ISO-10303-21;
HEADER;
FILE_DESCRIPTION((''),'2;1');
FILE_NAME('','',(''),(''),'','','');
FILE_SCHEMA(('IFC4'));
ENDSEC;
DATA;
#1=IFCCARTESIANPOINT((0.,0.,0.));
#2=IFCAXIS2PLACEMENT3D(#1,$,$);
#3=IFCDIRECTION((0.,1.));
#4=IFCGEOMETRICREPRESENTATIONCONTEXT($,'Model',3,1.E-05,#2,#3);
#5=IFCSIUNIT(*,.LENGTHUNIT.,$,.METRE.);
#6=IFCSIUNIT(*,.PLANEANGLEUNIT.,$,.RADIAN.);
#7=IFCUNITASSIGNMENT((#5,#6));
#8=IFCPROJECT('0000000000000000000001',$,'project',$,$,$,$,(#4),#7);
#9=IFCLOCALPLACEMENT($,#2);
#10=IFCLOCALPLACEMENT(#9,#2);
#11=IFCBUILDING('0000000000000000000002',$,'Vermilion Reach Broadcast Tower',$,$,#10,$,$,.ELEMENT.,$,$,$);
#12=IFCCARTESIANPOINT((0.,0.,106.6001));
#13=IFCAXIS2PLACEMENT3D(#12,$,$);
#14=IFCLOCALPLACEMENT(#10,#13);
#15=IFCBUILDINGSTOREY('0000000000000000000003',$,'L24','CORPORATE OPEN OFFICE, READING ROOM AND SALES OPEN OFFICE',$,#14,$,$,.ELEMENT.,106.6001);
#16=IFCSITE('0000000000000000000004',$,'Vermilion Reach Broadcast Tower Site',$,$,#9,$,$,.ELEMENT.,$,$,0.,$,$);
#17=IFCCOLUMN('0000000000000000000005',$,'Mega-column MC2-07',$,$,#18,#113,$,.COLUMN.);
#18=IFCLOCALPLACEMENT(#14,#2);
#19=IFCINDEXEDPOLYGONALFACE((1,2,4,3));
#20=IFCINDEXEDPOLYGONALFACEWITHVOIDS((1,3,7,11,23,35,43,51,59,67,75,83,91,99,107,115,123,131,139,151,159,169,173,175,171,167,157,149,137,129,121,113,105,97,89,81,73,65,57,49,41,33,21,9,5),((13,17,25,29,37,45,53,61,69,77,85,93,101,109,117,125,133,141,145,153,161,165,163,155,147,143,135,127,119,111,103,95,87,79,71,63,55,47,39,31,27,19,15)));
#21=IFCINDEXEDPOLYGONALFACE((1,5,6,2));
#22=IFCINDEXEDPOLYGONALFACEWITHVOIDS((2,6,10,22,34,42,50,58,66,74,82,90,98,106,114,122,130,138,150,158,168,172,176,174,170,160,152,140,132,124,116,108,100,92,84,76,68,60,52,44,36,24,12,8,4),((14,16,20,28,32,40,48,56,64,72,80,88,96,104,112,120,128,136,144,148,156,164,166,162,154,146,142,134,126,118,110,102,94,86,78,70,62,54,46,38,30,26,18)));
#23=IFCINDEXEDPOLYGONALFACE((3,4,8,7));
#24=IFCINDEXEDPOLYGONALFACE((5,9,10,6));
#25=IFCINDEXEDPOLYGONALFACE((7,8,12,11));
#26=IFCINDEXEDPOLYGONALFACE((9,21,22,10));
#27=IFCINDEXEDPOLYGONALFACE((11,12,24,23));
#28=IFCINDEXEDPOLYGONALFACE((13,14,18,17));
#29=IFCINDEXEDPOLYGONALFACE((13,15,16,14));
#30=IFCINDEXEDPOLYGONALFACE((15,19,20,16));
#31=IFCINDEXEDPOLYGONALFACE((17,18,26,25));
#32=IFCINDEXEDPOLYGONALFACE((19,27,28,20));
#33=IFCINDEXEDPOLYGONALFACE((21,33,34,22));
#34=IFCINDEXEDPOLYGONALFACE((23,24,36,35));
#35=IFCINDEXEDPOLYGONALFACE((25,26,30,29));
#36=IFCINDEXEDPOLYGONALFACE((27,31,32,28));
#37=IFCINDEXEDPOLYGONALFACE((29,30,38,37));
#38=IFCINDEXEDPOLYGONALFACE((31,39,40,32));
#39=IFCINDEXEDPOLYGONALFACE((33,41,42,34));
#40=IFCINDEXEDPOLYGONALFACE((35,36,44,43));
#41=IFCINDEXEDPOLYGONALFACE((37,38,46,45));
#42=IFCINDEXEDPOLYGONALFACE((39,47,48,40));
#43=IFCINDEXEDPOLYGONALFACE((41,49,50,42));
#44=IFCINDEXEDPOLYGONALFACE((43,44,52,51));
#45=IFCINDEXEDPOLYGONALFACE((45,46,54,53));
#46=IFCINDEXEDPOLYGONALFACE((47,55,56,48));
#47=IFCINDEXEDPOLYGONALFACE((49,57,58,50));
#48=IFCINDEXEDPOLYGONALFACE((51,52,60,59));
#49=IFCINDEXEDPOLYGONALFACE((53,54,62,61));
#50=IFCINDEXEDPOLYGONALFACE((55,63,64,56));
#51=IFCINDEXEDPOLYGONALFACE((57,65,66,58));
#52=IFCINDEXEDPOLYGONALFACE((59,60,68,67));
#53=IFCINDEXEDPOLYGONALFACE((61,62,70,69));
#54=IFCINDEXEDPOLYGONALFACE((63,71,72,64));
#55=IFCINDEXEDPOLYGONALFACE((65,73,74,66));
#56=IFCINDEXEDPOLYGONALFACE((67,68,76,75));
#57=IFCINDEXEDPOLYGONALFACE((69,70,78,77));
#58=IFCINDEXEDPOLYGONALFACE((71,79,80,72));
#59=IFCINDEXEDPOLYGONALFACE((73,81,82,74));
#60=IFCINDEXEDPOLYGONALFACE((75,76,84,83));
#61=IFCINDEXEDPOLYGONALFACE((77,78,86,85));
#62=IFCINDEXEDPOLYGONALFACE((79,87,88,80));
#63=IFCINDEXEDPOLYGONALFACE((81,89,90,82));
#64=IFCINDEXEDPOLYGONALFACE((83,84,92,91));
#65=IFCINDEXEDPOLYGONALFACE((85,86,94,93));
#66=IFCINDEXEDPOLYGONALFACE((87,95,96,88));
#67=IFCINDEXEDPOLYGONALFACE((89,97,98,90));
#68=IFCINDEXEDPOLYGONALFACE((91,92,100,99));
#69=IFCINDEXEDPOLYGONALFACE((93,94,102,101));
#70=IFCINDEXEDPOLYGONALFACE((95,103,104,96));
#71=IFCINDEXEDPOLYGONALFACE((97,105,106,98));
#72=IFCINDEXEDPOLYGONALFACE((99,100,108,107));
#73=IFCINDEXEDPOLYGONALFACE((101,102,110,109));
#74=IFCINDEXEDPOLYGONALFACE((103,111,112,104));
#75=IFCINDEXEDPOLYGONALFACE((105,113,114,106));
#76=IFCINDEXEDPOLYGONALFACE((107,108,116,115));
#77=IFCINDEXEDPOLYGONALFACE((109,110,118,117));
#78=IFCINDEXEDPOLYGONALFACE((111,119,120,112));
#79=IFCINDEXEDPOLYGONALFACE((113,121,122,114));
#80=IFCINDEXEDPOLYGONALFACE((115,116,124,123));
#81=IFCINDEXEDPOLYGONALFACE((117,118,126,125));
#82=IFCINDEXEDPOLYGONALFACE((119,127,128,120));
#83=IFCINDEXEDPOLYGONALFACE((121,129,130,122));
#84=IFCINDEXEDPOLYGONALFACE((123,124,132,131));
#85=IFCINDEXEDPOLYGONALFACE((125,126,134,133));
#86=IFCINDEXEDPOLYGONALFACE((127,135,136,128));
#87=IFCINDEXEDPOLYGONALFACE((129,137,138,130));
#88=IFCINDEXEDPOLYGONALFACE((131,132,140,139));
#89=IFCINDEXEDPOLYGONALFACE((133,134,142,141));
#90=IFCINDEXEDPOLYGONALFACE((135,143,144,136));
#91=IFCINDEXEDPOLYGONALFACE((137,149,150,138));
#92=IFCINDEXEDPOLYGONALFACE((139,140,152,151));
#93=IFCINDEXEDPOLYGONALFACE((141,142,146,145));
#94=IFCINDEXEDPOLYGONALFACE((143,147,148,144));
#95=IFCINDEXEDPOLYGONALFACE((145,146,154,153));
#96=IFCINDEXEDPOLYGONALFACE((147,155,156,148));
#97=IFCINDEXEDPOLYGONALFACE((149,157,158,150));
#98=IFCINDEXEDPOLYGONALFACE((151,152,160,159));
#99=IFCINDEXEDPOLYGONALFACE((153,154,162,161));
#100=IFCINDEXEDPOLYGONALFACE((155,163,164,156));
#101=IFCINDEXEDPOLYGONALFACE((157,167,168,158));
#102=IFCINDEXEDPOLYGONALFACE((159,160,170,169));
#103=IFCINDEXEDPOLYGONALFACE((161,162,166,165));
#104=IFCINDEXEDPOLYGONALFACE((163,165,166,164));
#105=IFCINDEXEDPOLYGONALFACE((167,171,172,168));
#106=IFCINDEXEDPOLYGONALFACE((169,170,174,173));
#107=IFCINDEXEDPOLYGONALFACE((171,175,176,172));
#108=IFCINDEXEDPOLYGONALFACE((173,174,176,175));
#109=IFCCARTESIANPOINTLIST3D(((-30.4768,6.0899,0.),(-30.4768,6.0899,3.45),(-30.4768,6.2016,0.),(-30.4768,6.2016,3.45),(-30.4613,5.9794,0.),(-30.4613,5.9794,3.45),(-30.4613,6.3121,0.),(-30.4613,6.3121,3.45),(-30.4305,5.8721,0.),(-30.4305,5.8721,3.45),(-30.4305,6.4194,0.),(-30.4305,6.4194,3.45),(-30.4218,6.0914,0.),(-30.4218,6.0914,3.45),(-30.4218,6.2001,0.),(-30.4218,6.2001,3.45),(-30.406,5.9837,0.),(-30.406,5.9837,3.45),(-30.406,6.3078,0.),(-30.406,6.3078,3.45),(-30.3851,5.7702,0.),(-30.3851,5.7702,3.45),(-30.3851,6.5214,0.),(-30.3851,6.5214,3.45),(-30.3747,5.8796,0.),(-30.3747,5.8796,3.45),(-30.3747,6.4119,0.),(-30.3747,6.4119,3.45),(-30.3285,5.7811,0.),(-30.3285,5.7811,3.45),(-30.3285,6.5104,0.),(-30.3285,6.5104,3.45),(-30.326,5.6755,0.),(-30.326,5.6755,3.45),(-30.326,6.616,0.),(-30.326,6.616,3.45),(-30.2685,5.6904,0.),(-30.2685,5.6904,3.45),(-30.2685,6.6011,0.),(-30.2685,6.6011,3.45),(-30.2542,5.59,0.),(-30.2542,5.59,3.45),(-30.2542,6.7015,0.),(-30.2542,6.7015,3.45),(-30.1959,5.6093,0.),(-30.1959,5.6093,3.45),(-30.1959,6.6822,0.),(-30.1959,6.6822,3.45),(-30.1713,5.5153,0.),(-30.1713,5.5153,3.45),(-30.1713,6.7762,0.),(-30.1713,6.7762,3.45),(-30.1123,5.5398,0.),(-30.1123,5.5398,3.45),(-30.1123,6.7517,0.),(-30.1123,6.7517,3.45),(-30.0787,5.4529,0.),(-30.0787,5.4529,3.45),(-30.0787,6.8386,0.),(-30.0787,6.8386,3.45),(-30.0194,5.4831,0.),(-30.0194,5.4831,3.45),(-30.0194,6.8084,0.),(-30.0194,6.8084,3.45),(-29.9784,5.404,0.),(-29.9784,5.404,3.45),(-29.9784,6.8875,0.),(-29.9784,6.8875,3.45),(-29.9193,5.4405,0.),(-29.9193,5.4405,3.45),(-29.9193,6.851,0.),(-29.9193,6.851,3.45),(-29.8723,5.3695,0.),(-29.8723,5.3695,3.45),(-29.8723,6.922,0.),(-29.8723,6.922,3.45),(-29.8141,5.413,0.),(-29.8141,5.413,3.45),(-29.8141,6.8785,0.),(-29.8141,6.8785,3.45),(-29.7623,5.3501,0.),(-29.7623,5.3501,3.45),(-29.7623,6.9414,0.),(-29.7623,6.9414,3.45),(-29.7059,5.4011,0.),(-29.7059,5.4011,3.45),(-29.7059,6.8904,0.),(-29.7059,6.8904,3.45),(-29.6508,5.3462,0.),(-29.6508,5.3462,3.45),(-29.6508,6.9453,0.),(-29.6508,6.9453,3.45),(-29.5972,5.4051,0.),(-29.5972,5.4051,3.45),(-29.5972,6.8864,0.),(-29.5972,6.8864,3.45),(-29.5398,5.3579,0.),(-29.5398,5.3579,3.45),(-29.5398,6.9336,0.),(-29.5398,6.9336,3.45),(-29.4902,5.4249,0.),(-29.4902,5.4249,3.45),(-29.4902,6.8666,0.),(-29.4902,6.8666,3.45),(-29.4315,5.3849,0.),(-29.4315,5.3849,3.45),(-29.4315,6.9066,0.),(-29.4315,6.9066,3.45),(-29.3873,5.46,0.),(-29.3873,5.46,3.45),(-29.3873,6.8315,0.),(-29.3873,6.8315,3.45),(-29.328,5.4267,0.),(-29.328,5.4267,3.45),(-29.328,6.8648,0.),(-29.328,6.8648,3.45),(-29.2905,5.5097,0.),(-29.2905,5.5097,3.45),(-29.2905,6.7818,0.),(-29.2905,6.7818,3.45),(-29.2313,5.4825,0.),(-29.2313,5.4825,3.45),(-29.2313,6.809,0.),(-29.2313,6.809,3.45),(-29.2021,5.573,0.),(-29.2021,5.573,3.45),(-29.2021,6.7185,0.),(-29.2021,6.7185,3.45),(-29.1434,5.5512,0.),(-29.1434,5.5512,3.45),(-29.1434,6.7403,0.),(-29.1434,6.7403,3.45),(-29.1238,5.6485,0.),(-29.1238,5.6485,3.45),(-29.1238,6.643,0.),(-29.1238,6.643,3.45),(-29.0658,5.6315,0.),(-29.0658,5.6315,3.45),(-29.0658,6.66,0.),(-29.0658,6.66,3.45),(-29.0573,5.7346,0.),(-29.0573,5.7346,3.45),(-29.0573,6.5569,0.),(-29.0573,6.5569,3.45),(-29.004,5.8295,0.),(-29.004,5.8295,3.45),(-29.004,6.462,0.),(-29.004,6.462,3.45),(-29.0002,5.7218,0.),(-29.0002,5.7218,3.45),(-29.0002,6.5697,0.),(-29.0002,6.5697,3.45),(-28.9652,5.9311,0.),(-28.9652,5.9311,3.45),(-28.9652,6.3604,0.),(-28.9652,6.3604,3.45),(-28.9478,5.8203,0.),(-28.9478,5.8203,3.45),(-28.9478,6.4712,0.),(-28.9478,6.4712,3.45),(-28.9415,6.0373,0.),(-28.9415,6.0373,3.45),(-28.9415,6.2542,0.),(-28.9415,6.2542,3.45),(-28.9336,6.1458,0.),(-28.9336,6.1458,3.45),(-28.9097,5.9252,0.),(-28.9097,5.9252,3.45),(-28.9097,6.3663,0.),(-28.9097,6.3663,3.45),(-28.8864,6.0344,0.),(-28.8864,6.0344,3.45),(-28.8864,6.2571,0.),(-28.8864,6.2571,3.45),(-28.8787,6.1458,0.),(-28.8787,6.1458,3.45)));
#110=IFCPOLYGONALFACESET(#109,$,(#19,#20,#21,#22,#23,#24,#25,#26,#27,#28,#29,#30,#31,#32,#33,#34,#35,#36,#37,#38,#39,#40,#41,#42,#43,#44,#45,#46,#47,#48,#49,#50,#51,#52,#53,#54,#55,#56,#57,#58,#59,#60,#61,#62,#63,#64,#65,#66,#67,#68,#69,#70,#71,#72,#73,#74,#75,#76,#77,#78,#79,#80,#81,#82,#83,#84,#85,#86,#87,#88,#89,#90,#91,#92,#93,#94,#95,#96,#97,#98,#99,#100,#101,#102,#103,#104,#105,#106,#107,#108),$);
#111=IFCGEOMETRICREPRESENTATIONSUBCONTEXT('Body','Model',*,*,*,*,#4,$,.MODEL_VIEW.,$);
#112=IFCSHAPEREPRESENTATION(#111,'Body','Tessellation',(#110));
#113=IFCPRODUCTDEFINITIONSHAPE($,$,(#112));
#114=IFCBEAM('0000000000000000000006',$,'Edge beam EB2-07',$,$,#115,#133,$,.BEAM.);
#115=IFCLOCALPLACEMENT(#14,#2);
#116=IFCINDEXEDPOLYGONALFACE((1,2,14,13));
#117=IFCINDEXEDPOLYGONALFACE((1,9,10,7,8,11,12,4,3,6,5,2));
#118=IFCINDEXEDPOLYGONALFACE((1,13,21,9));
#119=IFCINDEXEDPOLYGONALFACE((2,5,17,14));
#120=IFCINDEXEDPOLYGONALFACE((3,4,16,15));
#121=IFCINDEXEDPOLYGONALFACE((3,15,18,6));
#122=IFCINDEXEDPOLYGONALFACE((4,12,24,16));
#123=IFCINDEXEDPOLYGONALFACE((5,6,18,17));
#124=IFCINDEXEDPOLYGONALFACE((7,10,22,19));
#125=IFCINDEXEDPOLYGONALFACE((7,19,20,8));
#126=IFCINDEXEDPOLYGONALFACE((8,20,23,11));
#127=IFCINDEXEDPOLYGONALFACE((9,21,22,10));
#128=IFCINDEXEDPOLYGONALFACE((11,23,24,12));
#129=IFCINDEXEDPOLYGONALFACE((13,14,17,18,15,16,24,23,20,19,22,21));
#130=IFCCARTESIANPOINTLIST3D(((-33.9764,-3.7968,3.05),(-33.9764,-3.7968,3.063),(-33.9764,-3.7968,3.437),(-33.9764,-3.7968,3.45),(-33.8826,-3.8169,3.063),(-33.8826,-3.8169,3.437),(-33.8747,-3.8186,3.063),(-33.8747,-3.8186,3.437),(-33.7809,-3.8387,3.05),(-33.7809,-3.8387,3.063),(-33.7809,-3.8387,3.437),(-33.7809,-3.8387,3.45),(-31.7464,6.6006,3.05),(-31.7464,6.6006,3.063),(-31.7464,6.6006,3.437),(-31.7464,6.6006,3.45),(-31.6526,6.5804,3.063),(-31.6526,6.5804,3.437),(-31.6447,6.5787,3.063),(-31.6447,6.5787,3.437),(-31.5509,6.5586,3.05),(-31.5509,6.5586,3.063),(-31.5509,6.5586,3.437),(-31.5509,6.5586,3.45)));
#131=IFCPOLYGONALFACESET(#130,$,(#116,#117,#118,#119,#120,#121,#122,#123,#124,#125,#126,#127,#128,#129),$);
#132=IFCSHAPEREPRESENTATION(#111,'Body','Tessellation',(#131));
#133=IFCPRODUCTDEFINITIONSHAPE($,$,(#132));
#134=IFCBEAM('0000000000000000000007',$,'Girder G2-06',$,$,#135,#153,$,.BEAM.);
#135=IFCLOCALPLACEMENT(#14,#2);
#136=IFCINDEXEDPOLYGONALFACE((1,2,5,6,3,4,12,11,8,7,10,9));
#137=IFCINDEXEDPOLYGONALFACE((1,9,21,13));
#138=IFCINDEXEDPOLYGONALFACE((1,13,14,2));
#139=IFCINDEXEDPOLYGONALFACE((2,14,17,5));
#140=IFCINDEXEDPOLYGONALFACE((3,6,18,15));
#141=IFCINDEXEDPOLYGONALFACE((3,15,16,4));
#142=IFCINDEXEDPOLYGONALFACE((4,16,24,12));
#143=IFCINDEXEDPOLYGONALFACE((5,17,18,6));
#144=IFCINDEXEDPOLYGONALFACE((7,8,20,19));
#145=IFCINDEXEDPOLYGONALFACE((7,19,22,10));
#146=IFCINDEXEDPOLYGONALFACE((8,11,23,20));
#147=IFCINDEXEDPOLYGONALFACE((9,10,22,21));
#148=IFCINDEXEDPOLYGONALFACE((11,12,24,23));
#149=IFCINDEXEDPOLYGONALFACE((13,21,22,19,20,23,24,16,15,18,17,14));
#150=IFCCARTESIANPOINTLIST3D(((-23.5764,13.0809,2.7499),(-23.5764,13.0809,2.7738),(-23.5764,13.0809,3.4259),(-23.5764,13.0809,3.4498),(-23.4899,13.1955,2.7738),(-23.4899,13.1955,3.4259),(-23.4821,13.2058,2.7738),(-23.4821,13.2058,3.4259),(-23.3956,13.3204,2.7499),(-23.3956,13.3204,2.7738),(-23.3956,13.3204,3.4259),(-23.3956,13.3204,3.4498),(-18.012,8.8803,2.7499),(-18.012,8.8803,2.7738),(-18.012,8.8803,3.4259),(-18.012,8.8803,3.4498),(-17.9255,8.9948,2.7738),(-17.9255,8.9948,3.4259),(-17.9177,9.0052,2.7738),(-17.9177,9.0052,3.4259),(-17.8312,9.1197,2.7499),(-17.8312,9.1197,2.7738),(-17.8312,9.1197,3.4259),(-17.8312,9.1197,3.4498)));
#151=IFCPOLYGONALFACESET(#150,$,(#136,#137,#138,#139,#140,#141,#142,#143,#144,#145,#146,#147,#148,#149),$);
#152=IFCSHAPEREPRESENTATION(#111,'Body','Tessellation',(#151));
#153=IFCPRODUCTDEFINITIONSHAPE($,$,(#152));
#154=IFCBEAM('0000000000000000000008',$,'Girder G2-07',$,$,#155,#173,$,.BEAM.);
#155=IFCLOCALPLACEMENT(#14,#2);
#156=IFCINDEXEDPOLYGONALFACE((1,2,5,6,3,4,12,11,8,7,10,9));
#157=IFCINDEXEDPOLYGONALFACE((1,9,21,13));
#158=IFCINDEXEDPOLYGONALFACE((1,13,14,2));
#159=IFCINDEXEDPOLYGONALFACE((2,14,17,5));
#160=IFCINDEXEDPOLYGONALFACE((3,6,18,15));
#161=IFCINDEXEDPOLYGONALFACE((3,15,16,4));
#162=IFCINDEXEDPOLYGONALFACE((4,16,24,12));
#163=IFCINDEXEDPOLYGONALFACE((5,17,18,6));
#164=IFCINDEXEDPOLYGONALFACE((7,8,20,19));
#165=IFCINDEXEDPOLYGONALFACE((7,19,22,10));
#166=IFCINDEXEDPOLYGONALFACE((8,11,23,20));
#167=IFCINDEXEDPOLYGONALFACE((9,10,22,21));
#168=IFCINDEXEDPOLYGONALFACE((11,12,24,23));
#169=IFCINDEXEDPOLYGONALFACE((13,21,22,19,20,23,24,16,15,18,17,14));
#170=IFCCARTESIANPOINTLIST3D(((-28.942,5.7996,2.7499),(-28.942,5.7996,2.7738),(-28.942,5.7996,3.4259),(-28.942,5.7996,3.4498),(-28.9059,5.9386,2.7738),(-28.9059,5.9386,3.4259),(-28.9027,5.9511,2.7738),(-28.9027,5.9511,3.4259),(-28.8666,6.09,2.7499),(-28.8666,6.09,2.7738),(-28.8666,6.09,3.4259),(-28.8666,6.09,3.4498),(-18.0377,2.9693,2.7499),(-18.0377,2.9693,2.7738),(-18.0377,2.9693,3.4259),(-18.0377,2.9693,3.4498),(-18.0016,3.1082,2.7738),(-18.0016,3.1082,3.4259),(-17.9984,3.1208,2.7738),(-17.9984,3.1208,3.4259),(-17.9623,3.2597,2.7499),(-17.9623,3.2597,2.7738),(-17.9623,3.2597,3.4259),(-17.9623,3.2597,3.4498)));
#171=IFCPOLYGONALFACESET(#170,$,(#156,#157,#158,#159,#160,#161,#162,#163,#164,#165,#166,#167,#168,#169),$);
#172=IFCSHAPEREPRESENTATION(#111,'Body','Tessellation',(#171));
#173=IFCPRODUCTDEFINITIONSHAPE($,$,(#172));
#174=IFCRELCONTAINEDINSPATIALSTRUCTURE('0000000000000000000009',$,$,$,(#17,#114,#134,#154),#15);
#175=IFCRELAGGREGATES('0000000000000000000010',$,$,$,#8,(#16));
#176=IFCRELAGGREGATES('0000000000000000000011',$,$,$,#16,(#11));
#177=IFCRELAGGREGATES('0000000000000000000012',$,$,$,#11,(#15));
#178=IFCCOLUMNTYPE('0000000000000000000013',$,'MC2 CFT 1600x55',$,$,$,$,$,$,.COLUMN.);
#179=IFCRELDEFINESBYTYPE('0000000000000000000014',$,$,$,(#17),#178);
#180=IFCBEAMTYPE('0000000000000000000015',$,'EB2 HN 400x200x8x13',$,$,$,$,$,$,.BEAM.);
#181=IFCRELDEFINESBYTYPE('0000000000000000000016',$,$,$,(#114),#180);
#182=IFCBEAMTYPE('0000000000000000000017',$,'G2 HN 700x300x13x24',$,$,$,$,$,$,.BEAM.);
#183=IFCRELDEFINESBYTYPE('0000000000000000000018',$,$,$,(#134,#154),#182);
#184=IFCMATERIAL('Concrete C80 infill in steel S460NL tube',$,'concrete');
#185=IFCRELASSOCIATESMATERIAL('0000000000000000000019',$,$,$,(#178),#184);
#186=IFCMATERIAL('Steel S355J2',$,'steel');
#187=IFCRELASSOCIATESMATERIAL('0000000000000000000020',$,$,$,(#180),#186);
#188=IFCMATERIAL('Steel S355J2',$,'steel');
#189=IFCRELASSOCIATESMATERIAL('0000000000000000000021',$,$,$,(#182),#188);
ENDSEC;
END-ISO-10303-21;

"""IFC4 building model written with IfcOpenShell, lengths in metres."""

from ifc_helpers import new_model, si_unit, direction, frame, origin, origin_2d, place, context, subcontext, project, spatial, hollow_circle, i_section, extrude, material, material_profile, profile_set, type_object, element, save


model = new_model("IFC4")

# Units and contexts
model_context = context("Model", 3, precision=1e-05, world=origin(), true_north=direction((0.0, 1.0)))
body_context = subcontext(model_context, "Body", "Model", "MODEL_VIEW")
ifc_project = project(units=[si_unit("LENGTHUNIT", "METRE"), si_unit("PLANEANGLEUNIT", "RADIAN")], contexts=[model_context])

# Site, building, storey
site_placement = place(None, origin())
site = spatial("IfcSite", under=ifc_project, at=site_placement, Name="Vermilion Reach Broadcast Tower Site", CompositionType="ELEMENT", RefElevation=0.0)
building_placement = place(site_placement, origin())
building = spatial("IfcBuilding", under=site, at=building_placement, Name="Vermilion Reach Broadcast Tower", CompositionType="ELEMENT")
storey_placement = place(building_placement, frame((0.0, 0.0, 106.6001)))
storey = spatial("IfcBuildingStorey", under=building, at=storey_placement, Name="L24", Description="CORPORATE OPEN OFFICE, READING ROOM AND SALES OPEN OFFICE", CompositionType="ELEMENT", Elevation=106.6001)

# Column
ifc_material_1 = material(Name="Concrete C80 infill in steel S460NL tube", Category="concrete")
ifc_material_profile_1 = material_profile(ifc_material_1, hollow_circle(Radius=0.8, WallThickness=0.0549, at=origin_2d()), Name="Concrete C80 infill in steel S460NL tube CFT 1600x55")
ifc_profile_set_1 = profile_set([ifc_material_profile_1], Name="Concrete C80 infill in steel S460NL tube")
column_type = type_object("IfcColumnType", Name="MC2 CFT 1600x55", PredefinedType="COLUMN", material=ifc_profile_set_1)
column_placement = place(storey_placement, frame((-29.6787, 6.1458, 0.0), z_axis=(0.0, 0.0, 1.0), x_axis=(1.0, 0.0, 0.0)))
element("IfcColumn", 1, at=column_placement, inside=storey, type_object=column_type, Name="Mega-column MC2-07", PredefinedType="COLUMN", context=body_context, shape_type="SweptSolid", body=[
    extrude(hollow_circle(Radius=0.8, WallThickness=0.0549, at=origin_2d()), origin(), (0.0, 0.0, 1.0), 3.45),
])

# Beams
ifc_material_2 = material(Name="Steel S355J2", Category="steel")
ifc_material_profile_2 = material_profile(ifc_material_2, i_section(OverallWidth=0.2, OverallDepth=0.3999, WebThickness=0.0081, FlangeThickness=0.0129, at=origin_2d()), Name="S355J2 HN 400x200x8x13")
ifc_profile_set_2 = profile_set([ifc_material_profile_2], Name="Steel S355J2")
beam_type_1 = type_object("IfcBeamType", Name="EB2 HN 400x200x8x13", PredefinedType="BEAM", material=ifc_profile_set_2)
beam_1_placement = place(storey_placement, frame((-31.6487, 6.5796, 3.25), z_axis=(-0.209709, -0.977764, 0.0), x_axis=(0.977764, -0.209709, 0.0)))
element("IfcBeam", 2, at=beam_1_placement, inside=storey, type_object=beam_type_1, Name="Edge beam EB2-07", PredefinedType="BEAM", context=body_context, shape_type="SweptSolid", body=[
    extrude(i_section(OverallWidth=0.2, OverallDepth=0.3999, WebThickness=0.0081, FlangeThickness=0.0129, at=origin_2d()), origin(), (0.0, 0.0, 1.0), 10.6338),
])
ifc_material_3 = material(Name="Steel S355J2", Category="steel")
ifc_material_profile_3 = material_profile(ifc_material_3, i_section(OverallWidth=0.3, OverallDepth=0.7, WebThickness=0.0129, FlangeThickness=0.0239, at=origin_2d()), Name="S355J2 HN 700x300x13x24")
ifc_profile_set_3 = profile_set([ifc_material_profile_3], Name="Steel S355J2")
beam_type_2 = type_object("IfcBeamType", Name="G2 HN 700x300x13x24", PredefinedType="BEAM", material=ifc_profile_set_3)
beam_2_placement = place(storey_placement, frame((-17.9216, 9.0, 3.0999), z_axis=(-0.798114, 0.602507, 0.0), x_axis=(-0.602507, -0.798114, 0.0)))
element("IfcBeam", 3, at=beam_2_placement, inside=storey, type_object=beam_type_2, Name="Girder G2-06", PredefinedType="BEAM", context=body_context, shape_type="SweptSolid", body=[
    extrude(i_section(OverallWidth=0.3, OverallDepth=0.7, WebThickness=0.0129, FlangeThickness=0.0239, at=origin_2d()), origin(), (0.0, 0.0, 1.0), 6.9719),
])
beam_3_placement = place(storey_placement, frame((-18.0, 3.1145, 3.0999), z_axis=(-0.967926, 0.251235, 0.0), x_axis=(-0.251235, -0.967926, 0.0)))
element("IfcBeam", 4, at=beam_3_placement, inside=storey, type_object=beam_type_2, Name="Girder G2-07", PredefinedType="BEAM", context=body_context, shape_type="SweptSolid", body=[
    extrude(i_section(OverallWidth=0.3, OverallDepth=0.7, WebThickness=0.0129, FlangeThickness=0.0239, at=origin_2d()), origin(), (0.0, 0.0, 1.0), 11.2656),
])

save(model, "model.ifc")
